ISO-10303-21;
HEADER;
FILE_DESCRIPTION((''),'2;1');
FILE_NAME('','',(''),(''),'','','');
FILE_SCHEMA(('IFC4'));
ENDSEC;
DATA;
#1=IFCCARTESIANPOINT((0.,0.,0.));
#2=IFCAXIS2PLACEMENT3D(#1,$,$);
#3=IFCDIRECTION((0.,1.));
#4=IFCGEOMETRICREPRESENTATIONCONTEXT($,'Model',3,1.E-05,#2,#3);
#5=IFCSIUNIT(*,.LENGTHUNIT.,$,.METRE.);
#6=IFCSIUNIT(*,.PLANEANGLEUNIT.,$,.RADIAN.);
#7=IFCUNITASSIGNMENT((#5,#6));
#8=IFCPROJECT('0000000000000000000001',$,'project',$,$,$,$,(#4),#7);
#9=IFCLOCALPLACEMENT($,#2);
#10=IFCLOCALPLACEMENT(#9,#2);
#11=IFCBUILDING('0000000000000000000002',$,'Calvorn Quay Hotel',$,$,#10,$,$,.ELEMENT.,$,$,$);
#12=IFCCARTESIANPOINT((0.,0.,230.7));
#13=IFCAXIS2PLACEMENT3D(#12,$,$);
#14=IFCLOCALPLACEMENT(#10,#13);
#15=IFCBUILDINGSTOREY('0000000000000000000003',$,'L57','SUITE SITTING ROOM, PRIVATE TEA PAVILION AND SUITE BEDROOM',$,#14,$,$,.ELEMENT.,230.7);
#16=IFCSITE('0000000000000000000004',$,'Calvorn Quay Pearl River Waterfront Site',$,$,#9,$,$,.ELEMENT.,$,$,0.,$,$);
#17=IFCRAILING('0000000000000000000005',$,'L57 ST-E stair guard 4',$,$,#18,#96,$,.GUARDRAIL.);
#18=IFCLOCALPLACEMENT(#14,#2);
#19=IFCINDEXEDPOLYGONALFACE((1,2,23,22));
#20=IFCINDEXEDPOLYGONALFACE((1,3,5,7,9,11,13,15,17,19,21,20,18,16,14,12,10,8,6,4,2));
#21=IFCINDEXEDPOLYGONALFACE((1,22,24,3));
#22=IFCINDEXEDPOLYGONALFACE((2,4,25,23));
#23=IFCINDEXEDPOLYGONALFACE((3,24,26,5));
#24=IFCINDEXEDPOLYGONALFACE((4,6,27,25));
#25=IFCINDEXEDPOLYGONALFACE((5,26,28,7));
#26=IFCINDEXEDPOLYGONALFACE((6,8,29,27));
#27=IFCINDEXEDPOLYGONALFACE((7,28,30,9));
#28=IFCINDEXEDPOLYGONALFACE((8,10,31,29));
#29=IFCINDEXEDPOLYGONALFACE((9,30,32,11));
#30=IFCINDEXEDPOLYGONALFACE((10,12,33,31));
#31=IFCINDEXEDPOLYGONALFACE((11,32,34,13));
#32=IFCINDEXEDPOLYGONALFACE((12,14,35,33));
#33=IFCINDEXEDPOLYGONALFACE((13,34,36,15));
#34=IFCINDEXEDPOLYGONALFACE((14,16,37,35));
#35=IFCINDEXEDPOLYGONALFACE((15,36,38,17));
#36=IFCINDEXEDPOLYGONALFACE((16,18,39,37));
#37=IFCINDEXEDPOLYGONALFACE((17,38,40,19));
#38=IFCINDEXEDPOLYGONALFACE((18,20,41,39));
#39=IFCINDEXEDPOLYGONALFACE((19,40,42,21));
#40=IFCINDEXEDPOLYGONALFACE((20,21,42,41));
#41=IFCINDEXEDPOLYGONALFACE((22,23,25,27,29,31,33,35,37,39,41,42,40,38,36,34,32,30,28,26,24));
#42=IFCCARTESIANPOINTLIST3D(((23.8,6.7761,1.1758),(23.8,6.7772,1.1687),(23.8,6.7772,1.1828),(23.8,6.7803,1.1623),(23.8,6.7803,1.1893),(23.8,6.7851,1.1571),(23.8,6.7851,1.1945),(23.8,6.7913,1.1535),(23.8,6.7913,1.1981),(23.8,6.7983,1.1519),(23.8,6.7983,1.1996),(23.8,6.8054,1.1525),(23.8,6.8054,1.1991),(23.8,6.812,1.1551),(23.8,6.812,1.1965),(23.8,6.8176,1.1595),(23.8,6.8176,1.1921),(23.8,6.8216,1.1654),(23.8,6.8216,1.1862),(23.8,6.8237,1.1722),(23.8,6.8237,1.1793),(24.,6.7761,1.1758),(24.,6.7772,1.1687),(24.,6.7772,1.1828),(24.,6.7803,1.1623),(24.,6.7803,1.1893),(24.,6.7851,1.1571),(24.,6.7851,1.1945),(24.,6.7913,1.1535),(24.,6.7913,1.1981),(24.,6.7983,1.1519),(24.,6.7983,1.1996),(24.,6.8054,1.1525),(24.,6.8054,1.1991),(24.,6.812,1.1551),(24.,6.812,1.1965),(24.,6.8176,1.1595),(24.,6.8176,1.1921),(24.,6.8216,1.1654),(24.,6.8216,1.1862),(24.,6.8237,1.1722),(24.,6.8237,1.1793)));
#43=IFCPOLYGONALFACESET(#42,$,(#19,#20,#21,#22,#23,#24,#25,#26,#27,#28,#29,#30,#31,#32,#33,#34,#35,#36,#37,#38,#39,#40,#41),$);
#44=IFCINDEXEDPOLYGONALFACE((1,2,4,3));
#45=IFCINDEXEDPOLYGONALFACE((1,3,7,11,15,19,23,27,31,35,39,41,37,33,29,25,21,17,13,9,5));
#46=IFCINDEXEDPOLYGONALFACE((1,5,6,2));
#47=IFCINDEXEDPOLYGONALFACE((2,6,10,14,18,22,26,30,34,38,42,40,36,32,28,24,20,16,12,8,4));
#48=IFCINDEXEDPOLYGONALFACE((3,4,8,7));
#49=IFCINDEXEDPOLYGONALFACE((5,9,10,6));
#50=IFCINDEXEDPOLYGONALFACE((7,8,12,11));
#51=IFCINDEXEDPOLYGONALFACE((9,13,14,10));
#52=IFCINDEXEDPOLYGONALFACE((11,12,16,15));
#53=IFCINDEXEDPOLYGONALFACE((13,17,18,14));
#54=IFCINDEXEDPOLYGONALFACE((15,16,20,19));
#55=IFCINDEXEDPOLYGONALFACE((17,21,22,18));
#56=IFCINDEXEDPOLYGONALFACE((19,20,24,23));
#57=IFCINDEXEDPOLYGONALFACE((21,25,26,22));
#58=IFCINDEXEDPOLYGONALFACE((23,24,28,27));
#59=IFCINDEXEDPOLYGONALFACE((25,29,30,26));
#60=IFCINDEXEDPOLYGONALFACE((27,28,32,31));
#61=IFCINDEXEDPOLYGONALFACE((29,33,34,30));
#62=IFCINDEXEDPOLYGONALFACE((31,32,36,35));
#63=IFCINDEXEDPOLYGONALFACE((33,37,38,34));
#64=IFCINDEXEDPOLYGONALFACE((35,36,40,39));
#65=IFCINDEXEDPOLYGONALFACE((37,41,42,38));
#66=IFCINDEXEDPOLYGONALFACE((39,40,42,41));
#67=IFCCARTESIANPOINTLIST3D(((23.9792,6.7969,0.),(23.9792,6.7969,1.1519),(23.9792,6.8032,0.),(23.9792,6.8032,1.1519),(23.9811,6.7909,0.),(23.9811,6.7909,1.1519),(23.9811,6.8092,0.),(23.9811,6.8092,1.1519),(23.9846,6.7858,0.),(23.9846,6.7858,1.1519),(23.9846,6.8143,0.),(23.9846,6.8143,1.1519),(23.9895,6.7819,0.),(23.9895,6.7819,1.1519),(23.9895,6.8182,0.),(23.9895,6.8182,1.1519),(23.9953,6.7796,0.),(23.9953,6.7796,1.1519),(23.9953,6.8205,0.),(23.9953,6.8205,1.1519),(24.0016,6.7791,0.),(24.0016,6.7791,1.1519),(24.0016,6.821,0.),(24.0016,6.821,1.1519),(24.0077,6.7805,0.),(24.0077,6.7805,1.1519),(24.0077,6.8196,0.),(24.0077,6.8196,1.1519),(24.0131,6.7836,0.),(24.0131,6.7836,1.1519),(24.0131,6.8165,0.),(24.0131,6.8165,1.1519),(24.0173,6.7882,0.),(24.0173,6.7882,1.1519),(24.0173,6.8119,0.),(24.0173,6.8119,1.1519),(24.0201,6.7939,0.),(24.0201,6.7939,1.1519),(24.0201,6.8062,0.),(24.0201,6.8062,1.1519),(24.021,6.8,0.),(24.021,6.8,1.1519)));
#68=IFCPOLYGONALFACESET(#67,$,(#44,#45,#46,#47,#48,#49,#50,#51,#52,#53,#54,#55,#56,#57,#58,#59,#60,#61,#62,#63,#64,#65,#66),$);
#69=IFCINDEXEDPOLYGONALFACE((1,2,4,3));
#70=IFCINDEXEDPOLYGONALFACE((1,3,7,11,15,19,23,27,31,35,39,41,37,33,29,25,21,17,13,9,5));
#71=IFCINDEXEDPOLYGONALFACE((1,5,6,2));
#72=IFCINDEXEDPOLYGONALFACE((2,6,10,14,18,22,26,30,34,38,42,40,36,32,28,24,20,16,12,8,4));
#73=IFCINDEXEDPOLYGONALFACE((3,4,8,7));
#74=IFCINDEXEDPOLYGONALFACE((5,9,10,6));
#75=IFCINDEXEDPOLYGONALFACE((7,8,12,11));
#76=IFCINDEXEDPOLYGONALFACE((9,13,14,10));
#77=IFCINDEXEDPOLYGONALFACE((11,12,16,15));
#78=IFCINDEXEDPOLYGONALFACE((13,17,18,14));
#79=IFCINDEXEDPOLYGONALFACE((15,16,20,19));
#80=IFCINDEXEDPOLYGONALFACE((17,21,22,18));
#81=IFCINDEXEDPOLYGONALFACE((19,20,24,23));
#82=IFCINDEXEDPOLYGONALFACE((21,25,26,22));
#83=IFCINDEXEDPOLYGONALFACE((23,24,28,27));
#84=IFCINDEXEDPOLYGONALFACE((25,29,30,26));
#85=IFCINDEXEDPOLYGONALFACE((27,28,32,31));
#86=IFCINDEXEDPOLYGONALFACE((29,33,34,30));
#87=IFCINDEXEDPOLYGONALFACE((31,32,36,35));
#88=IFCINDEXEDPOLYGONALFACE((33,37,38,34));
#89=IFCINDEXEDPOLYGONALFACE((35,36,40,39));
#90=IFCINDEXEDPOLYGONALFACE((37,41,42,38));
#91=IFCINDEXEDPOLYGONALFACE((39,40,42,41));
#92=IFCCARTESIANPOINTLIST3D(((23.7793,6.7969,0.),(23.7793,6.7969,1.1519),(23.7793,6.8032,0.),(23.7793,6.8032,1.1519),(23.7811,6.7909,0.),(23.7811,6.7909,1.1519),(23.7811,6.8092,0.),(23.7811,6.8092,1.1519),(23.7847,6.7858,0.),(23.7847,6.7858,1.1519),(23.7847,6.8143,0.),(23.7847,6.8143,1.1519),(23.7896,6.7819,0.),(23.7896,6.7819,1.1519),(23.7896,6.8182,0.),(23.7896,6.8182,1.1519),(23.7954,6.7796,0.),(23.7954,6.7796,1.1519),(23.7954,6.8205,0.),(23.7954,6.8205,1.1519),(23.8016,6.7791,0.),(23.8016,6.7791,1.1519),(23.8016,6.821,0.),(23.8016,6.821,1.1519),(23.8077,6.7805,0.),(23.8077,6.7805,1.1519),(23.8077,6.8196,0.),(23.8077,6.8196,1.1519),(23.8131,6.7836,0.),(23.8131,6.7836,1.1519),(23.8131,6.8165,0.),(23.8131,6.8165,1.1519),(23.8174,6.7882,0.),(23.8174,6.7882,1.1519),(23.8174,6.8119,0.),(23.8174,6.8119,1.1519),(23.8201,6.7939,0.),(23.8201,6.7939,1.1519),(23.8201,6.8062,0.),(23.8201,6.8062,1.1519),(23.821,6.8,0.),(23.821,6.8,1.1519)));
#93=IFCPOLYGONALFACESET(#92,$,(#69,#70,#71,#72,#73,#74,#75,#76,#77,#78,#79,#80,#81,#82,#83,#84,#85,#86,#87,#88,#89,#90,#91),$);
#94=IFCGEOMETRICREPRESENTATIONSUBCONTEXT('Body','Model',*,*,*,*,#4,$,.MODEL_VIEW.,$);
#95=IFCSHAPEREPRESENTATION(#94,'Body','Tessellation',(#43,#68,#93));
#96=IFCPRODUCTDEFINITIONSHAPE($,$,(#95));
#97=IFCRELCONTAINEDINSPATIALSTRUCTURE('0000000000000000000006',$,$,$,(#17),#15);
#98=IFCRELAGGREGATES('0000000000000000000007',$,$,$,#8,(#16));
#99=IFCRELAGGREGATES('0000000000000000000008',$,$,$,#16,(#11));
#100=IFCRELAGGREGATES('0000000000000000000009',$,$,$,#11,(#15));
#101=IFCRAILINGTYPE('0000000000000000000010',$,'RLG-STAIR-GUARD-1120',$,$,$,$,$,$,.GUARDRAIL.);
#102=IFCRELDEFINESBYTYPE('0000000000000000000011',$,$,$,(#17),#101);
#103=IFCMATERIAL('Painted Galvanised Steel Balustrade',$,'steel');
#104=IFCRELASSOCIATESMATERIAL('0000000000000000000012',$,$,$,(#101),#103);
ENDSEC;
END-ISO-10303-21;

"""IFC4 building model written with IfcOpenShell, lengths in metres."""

from ifc_helpers import new_model, si_unit, direction, frame, origin, origin_2d, place, context, subcontext, project, spatial, circle, extrude, material, type_object, element, save


model = new_model("IFC4")

# Units and contexts
model_context = context("Model", 3, precision=1e-05, world=origin(), true_north=direction((0.0, 1.0)))
body_context = subcontext(model_context, "Body", "Model", "MODEL_VIEW")
ifc_project = project(units=[si_unit("LENGTHUNIT", "METRE"), si_unit("PLANEANGLEUNIT", "RADIAN")], contexts=[model_context])

# Site, building, storey
site_placement = place(None, origin())
site = spatial("IfcSite", under=ifc_project, at=site_placement, Name="Calvorn Quay Pearl River Waterfront Site", CompositionType="ELEMENT", RefElevation=0.0)
building_placement = place(site_placement, origin())
building = spatial("IfcBuilding", under=site, at=building_placement, Name="Calvorn Quay Hotel", CompositionType="ELEMENT")
storey_placement = place(building_placement, frame((0.0, 0.0, 230.7)))
storey = spatial("IfcBuildingStorey", under=building, at=storey_placement, Name="L57", Description="SUITE SITTING ROOM, PRIVATE TEA PAVILION AND SUITE BEDROOM", CompositionType="ELEMENT", Elevation=230.7)

# Railing
ifc_material_1 = material(Name="Painted Galvanised Steel Balustrade", Category="steel")
railing_type_1 = type_object("IfcRailingType", Name="RLG-STAIR-GUARD-1120", PredefinedType="GUARDRAIL", material=ifc_material_1)
railing_1_placement = place(storey_placement, frame((24.0, 6.8, 0.0)))
element("IfcRailing", 1, at=railing_1_placement, inside=storey, type_object=railing_type_1, Name="L57 ST-E stair guard 4", PredefinedType="GUARDRAIL", context=body_context, shape_type="SweptSolid", body=[
    extrude(circle(Radius=0.0239, at=origin_2d()), frame((0.0, 0.0, 1.1758), z_axis=(-1.0, 0.0, 0.0), x_axis=(0.0, -1.0, 0.0)), (0.0, 0.0, 1.0), 0.2),
    extrude(circle(Radius=0.021, at=origin_2d()), origin(), (0.0, 0.0, 1.0), 1.1519),
    extrude(circle(Radius=0.021, at=origin_2d()), frame((-0.2, 0.0, 0.0)), (0.0, 0.0, 1.0), 1.1519),
])

save(model, "model.ifc")
